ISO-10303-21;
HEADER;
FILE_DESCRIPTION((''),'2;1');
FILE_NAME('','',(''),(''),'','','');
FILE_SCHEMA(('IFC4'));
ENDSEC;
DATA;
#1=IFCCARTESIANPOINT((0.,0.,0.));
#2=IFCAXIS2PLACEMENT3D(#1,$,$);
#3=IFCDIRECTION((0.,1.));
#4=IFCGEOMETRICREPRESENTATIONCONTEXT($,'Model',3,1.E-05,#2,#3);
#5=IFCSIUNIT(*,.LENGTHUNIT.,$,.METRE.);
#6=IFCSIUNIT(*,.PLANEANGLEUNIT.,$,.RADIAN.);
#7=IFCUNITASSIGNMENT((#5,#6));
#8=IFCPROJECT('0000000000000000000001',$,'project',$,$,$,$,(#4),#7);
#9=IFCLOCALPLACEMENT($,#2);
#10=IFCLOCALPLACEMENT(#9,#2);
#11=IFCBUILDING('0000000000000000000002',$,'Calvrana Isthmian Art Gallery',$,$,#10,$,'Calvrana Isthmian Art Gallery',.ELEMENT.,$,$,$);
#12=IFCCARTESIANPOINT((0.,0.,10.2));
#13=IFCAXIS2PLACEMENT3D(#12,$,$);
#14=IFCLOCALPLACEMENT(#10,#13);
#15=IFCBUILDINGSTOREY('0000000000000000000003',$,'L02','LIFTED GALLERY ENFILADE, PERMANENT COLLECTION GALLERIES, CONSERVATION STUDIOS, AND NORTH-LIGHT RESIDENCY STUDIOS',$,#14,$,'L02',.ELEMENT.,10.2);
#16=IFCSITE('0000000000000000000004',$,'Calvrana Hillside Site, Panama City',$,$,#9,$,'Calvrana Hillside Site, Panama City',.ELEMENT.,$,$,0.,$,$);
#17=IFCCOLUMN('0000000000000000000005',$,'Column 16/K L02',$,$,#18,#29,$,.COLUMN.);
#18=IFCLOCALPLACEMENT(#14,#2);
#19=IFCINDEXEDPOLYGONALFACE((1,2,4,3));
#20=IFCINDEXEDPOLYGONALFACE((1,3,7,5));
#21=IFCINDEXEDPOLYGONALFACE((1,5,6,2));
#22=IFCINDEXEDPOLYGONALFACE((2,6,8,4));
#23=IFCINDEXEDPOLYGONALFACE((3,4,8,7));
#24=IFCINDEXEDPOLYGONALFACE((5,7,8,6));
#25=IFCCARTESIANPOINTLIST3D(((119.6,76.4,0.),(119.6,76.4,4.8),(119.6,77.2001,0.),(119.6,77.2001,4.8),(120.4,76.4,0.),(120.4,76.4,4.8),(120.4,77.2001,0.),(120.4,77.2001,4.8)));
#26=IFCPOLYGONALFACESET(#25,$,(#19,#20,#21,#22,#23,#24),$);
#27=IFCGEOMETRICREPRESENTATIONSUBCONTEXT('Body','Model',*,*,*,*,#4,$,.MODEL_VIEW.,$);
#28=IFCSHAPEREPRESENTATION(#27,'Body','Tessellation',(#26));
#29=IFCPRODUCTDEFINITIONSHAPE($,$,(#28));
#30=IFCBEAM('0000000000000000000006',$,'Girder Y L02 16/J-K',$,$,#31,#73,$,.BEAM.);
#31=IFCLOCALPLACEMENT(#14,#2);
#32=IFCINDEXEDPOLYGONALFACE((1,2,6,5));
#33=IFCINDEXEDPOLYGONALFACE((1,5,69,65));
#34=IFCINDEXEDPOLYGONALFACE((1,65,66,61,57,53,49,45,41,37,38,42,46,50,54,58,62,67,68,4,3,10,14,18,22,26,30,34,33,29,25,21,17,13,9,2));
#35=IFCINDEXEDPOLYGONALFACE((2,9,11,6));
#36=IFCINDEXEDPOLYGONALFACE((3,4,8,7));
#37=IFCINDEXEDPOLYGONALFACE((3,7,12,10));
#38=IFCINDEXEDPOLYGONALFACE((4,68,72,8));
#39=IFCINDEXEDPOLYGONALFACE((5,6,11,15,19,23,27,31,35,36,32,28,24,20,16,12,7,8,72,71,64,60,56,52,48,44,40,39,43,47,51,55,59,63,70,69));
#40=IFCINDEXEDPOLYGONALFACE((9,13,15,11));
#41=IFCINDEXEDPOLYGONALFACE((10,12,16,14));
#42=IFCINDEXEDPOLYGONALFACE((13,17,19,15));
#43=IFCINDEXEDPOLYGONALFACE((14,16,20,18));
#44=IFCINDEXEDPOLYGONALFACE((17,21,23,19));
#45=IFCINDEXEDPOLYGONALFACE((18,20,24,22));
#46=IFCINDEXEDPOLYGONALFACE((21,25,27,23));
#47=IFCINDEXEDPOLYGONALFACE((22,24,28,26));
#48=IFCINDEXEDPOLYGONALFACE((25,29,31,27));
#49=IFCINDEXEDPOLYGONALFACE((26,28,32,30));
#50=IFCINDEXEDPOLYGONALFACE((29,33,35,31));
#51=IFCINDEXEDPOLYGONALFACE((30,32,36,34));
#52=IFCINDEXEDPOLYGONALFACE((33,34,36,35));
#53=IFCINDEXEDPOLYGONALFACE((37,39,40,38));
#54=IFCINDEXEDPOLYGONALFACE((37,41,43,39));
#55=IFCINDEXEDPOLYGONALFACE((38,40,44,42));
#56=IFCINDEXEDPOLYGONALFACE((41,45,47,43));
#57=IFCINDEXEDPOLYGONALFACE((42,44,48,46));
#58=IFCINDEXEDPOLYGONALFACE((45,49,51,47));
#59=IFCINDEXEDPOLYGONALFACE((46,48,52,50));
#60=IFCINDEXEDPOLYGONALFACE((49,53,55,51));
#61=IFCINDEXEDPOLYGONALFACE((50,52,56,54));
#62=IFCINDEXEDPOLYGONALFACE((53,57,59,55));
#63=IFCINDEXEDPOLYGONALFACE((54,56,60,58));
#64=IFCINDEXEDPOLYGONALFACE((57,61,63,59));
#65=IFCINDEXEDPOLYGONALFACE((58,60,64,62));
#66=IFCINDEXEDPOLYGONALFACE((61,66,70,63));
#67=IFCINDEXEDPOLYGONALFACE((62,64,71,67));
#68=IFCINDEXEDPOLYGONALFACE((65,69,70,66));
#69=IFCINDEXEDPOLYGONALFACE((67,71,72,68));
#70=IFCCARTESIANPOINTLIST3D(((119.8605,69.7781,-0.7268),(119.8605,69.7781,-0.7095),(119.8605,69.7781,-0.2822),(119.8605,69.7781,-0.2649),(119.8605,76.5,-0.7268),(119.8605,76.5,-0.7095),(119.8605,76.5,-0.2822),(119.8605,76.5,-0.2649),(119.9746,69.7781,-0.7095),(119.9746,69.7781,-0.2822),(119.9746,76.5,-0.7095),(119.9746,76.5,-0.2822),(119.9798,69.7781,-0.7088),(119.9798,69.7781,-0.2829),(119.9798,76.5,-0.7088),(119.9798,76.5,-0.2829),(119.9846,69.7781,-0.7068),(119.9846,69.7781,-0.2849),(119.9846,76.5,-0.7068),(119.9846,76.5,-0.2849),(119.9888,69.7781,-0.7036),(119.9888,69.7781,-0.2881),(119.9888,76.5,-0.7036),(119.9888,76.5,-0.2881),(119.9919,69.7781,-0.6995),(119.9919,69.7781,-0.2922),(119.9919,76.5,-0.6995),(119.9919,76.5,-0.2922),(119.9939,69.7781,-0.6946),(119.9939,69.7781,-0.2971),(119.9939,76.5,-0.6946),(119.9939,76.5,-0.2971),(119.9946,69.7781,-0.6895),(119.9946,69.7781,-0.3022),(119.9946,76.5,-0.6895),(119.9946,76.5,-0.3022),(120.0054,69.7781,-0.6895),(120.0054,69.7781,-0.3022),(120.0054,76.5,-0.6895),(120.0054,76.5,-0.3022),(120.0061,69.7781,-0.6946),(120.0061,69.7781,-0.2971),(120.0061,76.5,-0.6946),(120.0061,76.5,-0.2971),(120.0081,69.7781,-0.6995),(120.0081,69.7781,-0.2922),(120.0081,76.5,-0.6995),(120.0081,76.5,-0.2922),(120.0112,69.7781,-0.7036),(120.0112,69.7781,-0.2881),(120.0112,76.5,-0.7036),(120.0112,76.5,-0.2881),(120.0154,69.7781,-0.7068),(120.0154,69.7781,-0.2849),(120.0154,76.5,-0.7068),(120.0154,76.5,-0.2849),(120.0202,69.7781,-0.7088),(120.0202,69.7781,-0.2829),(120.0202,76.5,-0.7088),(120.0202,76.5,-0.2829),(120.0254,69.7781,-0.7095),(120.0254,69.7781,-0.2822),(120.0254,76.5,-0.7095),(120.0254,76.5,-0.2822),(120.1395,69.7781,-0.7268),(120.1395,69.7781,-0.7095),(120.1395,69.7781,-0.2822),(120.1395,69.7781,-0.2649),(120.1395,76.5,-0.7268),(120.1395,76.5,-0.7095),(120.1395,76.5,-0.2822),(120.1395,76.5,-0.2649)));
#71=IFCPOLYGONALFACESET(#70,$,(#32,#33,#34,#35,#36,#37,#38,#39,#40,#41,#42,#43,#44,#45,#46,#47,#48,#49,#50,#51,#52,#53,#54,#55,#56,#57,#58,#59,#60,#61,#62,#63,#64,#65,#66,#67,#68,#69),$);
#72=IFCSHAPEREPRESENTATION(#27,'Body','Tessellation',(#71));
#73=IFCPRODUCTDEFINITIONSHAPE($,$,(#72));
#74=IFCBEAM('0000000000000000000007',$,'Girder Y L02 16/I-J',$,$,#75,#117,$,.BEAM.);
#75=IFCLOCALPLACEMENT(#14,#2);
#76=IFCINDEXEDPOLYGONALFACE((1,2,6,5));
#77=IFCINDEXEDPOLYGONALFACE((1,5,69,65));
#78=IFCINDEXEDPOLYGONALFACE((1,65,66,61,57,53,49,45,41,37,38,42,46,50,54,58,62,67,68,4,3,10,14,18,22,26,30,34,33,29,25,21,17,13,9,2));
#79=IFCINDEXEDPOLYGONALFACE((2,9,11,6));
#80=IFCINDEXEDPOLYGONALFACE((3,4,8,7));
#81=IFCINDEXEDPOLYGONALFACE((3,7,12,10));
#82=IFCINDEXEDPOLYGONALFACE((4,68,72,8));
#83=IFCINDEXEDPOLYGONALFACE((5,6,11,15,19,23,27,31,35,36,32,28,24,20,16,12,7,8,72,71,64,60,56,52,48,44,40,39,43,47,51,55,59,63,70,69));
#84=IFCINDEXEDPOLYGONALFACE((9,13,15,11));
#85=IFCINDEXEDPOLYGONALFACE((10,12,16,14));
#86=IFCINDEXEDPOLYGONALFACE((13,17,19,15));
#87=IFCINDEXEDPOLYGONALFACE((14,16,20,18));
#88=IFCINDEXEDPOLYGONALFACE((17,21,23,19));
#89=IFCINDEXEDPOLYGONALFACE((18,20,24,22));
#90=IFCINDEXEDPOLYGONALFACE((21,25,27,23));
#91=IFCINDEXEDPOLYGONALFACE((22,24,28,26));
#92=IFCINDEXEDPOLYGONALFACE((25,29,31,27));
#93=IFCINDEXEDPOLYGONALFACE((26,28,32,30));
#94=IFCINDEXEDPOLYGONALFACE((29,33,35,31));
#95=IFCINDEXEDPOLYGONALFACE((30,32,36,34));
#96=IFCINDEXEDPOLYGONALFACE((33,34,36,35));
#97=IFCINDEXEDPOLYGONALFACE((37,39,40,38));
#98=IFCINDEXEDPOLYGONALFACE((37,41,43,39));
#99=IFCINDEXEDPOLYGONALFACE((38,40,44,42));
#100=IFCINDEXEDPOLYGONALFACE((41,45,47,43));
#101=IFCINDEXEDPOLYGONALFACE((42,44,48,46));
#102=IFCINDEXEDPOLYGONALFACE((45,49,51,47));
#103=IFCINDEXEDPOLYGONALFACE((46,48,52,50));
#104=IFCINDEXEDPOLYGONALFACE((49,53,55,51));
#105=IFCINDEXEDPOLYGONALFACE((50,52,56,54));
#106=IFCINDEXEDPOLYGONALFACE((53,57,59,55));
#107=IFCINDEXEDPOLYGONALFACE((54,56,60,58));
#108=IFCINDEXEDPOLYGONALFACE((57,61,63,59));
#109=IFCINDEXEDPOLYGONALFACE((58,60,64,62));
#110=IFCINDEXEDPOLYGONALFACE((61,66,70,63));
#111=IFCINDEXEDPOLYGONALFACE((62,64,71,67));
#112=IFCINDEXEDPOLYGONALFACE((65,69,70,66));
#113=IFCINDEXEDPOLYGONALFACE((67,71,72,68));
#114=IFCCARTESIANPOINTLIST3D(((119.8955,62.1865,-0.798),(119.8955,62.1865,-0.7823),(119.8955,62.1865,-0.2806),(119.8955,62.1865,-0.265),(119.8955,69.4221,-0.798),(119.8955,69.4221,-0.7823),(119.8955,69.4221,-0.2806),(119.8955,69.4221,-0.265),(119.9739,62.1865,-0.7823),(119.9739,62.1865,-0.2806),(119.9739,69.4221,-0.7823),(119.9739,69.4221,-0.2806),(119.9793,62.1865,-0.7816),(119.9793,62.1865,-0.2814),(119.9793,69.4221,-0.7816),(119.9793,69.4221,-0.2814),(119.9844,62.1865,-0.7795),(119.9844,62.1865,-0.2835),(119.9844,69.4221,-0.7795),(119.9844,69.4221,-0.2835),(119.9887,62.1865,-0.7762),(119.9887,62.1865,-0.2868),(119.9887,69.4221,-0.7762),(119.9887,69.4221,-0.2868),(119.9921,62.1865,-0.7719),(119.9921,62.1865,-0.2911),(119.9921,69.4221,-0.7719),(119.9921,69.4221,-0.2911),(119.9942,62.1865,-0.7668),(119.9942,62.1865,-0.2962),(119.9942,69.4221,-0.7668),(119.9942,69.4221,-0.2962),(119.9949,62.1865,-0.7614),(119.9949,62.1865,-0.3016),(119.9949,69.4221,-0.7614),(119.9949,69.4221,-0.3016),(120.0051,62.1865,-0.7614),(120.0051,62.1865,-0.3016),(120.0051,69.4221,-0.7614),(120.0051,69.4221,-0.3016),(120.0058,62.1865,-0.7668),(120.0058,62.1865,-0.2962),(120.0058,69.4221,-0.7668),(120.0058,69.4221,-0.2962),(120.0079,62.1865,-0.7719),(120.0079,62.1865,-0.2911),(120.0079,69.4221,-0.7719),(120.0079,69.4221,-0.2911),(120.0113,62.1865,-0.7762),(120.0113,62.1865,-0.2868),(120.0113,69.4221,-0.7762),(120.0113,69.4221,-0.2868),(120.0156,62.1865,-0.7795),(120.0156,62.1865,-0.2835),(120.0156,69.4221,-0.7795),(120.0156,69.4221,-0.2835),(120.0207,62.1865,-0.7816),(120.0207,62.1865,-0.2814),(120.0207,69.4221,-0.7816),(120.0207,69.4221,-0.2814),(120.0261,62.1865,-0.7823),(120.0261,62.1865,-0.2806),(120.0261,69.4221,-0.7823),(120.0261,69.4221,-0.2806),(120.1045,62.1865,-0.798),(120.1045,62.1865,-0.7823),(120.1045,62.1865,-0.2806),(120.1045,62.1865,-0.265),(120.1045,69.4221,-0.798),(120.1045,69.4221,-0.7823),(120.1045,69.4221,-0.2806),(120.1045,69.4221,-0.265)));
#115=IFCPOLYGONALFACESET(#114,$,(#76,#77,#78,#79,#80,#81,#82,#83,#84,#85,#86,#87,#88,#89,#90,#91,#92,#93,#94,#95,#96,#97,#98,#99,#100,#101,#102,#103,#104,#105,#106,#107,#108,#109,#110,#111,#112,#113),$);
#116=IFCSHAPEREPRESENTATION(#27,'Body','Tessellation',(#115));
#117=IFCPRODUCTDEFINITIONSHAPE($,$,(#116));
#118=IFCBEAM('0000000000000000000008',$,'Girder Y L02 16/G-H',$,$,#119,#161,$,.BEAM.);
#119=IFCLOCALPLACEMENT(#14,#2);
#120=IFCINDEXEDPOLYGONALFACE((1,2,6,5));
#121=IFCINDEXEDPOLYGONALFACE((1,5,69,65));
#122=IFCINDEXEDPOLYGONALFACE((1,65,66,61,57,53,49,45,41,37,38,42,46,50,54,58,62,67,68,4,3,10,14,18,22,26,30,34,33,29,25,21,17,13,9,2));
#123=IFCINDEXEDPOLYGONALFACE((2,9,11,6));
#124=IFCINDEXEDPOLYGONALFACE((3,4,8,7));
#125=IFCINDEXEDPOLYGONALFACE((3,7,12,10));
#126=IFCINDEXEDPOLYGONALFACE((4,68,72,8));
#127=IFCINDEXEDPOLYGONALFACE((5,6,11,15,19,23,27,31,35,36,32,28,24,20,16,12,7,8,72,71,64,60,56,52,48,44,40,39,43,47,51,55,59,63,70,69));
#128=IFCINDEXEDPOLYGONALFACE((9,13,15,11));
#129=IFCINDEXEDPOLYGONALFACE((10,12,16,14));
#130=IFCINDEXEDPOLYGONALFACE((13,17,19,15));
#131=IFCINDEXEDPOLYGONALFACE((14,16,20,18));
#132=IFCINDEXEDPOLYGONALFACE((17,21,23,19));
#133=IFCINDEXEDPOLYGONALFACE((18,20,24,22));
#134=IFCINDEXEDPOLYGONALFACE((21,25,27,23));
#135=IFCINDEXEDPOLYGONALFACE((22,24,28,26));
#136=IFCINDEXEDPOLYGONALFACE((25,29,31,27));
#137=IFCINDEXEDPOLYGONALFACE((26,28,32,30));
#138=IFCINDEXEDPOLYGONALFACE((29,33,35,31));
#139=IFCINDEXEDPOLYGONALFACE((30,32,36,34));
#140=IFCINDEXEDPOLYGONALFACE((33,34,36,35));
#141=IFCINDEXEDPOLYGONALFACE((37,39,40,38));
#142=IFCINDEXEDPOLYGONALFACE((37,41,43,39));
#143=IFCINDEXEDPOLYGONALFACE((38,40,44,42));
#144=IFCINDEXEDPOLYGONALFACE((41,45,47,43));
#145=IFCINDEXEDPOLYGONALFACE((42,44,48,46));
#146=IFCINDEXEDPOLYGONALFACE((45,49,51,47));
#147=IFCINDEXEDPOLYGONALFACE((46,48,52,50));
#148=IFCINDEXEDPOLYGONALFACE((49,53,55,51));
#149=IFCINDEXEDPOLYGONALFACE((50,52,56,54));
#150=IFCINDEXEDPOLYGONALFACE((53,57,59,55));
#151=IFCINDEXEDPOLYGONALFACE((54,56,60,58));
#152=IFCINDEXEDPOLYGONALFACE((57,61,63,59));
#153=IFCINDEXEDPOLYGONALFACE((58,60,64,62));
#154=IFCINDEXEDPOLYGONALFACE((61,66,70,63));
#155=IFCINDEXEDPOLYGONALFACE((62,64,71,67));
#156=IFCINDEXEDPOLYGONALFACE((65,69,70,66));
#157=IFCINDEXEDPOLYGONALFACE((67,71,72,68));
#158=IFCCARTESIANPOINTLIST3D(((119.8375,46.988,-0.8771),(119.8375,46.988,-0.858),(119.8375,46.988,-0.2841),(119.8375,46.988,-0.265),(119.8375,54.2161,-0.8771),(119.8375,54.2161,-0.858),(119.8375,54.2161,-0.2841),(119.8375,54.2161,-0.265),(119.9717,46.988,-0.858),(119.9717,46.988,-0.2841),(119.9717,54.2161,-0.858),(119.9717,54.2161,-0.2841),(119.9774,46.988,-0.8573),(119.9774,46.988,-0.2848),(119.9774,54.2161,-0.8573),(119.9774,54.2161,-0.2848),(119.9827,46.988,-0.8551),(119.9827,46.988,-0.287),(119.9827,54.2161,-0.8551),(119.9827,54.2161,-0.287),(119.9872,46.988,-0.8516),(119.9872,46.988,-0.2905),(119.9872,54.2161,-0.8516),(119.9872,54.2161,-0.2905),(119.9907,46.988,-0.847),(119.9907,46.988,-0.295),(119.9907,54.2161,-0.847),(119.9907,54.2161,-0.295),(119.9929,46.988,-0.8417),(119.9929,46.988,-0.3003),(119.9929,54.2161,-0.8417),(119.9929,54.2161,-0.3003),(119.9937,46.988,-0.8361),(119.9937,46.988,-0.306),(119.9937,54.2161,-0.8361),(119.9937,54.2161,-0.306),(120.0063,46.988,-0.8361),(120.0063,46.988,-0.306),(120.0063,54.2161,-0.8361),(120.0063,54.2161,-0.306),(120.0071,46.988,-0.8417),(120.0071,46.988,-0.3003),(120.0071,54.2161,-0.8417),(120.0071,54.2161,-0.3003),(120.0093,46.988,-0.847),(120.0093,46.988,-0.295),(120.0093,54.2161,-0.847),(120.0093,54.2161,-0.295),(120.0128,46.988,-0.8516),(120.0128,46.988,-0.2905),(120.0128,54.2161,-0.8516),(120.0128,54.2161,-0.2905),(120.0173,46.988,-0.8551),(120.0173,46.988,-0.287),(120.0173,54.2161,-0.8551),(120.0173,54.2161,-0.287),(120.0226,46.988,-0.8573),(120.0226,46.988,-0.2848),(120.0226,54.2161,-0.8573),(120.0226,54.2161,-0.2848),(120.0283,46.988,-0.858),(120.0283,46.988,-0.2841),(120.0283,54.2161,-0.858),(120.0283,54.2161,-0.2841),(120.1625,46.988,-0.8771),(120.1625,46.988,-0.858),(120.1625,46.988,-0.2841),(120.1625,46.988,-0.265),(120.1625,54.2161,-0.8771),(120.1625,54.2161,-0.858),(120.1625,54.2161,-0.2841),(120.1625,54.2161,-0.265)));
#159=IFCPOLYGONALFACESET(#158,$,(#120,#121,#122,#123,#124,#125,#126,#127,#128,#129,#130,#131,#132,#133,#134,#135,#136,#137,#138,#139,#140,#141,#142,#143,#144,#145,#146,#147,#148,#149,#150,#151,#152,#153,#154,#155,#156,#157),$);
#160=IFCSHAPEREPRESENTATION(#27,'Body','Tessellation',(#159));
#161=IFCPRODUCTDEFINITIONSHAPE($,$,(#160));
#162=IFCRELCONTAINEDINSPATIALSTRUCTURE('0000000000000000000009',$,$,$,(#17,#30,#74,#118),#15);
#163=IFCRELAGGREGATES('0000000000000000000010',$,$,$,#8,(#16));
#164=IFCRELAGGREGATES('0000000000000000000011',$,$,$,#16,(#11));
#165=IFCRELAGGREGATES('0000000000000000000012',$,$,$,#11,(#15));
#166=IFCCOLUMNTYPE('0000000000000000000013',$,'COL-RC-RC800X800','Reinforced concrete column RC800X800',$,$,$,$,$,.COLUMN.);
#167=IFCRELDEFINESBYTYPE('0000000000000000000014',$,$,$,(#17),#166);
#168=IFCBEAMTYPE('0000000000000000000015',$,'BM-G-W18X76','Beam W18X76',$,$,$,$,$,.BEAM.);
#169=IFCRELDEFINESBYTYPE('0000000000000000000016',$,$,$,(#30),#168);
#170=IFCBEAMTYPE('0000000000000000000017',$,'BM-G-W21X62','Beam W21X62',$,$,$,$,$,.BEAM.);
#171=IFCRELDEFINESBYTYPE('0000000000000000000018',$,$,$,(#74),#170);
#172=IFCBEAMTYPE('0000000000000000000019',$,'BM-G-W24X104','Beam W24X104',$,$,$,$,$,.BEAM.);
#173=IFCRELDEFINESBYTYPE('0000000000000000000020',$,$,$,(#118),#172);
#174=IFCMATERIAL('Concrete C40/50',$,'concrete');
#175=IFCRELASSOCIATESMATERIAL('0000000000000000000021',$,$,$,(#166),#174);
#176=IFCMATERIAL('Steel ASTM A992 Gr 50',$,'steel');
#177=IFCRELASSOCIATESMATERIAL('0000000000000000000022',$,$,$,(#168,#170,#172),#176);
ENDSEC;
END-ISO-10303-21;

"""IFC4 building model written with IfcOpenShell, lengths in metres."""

from ifc_helpers import new_model, si_unit, direction, frame, origin, origin_2d, place, context, subcontext, project, spatial, rectangle, i_section, extrude, material, material_profile, profile_set, type_object, element, save


model = new_model("IFC4")

# Units and contexts
model_context = context("Model", 3, precision=1e-05, world=origin(), true_north=direction((0.0, 1.0)))
body_context = subcontext(model_context, "Body", "Model", "MODEL_VIEW")
ifc_project = project(units=[si_unit("LENGTHUNIT", "METRE"), si_unit("PLANEANGLEUNIT", "RADIAN")], contexts=[model_context])

# Site, building, storey
site_placement = place(None, origin())
site = spatial("IfcSite", under=ifc_project, at=site_placement, Name="Calvrana Hillside Site, Panama City", LongName="Calvrana Hillside Site, Panama City", CompositionType="ELEMENT", RefElevation=0.0)
building_placement = place(site_placement, origin())
building = spatial("IfcBuilding", under=site, at=building_placement, Name="Calvrana Isthmian Art Gallery", LongName="Calvrana Isthmian Art Gallery", CompositionType="ELEMENT")
storey_placement = place(building_placement, frame((0.0, 0.0, 10.2)))
storey = spatial("IfcBuildingStorey", under=building, at=storey_placement, Name="L02", Description="LIFTED GALLERY ENFILADE, PERMANENT COLLECTION GALLERIES, CONSERVATION STUDIOS, AND NORTH-LIGHT RESIDENCY STUDIOS", LongName="L02", CompositionType="ELEMENT", Elevation=10.2)

# Column
ifc_material_1 = material(Name="Concrete C40/50", Category="concrete")
ifc_material_profile_1 = material_profile(ifc_material_1, rectangle(XDim=0.8, YDim=0.8, at=origin_2d()), Name="RC800X800")
ifc_profile_set_1 = profile_set([ifc_material_profile_1], Name="Concrete C40/50")
column_type = type_object("IfcColumnType", Name="COL-RC-RC800X800", Description="Reinforced concrete column RC800X800", PredefinedType="COLUMN", material=ifc_profile_set_1)
column_placement = place(storey_placement, frame((120.0, 76.8, 0.0), z_axis=(0.0, 0.0, 1.0), x_axis=(1.0, 0.0, 0.0)))
element("IfcColumn", 1, at=column_placement, inside=storey, type_object=column_type, Name="Column 16/K L02", PredefinedType="COLUMN", context=body_context, shape_type="SweptSolid", body=[
    extrude(rectangle(XDim=0.8, YDim=0.8, at=origin_2d()), origin(), (0.0, 0.0, 1.0), 4.8),
])

# Beams
ifc_material_2 = material(Name="Steel ASTM A992 Gr 50", Category="steel")
ifc_material_profile_2 = material_profile(ifc_material_2, i_section(OverallWidth=0.2791, OverallDepth=0.4619, WebThickness=0.0107, FlangeThickness=0.0173, FilletRadius=0.02, at=origin_2d()), Name="W18X76")
ifc_profile_set_2 = profile_set([ifc_material_profile_2], Name="Steel ASTM A992 Gr 50")
beam_type_1 = type_object("IfcBeamType", Name="BM-G-W18X76", Description="Beam W18X76", PredefinedType="BEAM", material=ifc_profile_set_2)
beam_1_placement = place(storey_placement, frame((120.0, 69.7781, -0.4958), z_axis=(0.0, 1.0, 0.0), x_axis=(-1.0, 0.0, 0.0)))
element("IfcBeam", 2, at=beam_1_placement, inside=storey, type_object=beam_type_1, Name="Girder Y L02 16/J-K", PredefinedType="BEAM", context=body_context, shape_type="SweptSolid", body=[
    extrude(i_section(OverallWidth=0.2791, OverallDepth=0.4619, WebThickness=0.0107, FlangeThickness=0.0173, FilletRadius=0.02, at=origin_2d()), origin(), (0.0, 0.0, 1.0), 6.7219),
])
ifc_material_profile_3 = material_profile(ifc_material_2, i_section(OverallWidth=0.209, OverallDepth=0.533, WebThickness=0.0103, FlangeThickness=0.0156, FilletRadius=0.021, at=origin_2d()), Name="W21X62")
ifc_profile_set_3 = profile_set([ifc_material_profile_3], Name="Steel ASTM A992 Gr 50")
beam_type_2 = type_object("IfcBeamType", Name="BM-G-W21X62", Description="Beam W21X62", PredefinedType="BEAM", material=ifc_profile_set_3)
beam_2_placement = place(storey_placement, frame((120.0, 62.1865, -0.5315), z_axis=(0.0, 1.0, 0.0), x_axis=(-1.0, 0.0, 0.0)))
element("IfcBeam", 3, at=beam_2_placement, inside=storey, type_object=beam_type_2, Name="Girder Y L02 16/I-J", PredefinedType="BEAM", context=body_context, shape_type="SweptSolid", body=[
    extrude(i_section(OverallWidth=0.209, OverallDepth=0.533, WebThickness=0.0103, FlangeThickness=0.0156, FilletRadius=0.021, at=origin_2d()), origin(), (0.0, 0.0, 1.0), 7.2356),
])
ifc_material_profile_4 = material_profile(ifc_material_2, i_section(OverallWidth=0.325, OverallDepth=0.6121, WebThickness=0.0127, FlangeThickness=0.019, FilletRadius=0.022, at=origin_2d()), Name="W24X104")
ifc_profile_set_4 = profile_set([ifc_material_profile_4], Name="Steel ASTM A992 Gr 50")
beam_type_3 = type_object("IfcBeamType", Name="BM-G-W24X104", Description="Beam W24X104", PredefinedType="BEAM", material=ifc_profile_set_4)
beam_3_placement = place(storey_placement, frame((120.0, 46.988, -0.571), z_axis=(0.0, 1.0, 0.0), x_axis=(-1.0, 0.0, 0.0)))
element("IfcBeam", 4, at=beam_3_placement, inside=storey, type_object=beam_type_3, Name="Girder Y L02 16/G-H", PredefinedType="BEAM", context=body_context, shape_type="SweptSolid", body=[
    extrude(i_section(OverallWidth=0.325, OverallDepth=0.6121, WebThickness=0.0127, FlangeThickness=0.019, FilletRadius=0.022, at=origin_2d()), origin(), (0.0, 0.0, 1.0), 7.228),
])

save(model, "model.ifc")
